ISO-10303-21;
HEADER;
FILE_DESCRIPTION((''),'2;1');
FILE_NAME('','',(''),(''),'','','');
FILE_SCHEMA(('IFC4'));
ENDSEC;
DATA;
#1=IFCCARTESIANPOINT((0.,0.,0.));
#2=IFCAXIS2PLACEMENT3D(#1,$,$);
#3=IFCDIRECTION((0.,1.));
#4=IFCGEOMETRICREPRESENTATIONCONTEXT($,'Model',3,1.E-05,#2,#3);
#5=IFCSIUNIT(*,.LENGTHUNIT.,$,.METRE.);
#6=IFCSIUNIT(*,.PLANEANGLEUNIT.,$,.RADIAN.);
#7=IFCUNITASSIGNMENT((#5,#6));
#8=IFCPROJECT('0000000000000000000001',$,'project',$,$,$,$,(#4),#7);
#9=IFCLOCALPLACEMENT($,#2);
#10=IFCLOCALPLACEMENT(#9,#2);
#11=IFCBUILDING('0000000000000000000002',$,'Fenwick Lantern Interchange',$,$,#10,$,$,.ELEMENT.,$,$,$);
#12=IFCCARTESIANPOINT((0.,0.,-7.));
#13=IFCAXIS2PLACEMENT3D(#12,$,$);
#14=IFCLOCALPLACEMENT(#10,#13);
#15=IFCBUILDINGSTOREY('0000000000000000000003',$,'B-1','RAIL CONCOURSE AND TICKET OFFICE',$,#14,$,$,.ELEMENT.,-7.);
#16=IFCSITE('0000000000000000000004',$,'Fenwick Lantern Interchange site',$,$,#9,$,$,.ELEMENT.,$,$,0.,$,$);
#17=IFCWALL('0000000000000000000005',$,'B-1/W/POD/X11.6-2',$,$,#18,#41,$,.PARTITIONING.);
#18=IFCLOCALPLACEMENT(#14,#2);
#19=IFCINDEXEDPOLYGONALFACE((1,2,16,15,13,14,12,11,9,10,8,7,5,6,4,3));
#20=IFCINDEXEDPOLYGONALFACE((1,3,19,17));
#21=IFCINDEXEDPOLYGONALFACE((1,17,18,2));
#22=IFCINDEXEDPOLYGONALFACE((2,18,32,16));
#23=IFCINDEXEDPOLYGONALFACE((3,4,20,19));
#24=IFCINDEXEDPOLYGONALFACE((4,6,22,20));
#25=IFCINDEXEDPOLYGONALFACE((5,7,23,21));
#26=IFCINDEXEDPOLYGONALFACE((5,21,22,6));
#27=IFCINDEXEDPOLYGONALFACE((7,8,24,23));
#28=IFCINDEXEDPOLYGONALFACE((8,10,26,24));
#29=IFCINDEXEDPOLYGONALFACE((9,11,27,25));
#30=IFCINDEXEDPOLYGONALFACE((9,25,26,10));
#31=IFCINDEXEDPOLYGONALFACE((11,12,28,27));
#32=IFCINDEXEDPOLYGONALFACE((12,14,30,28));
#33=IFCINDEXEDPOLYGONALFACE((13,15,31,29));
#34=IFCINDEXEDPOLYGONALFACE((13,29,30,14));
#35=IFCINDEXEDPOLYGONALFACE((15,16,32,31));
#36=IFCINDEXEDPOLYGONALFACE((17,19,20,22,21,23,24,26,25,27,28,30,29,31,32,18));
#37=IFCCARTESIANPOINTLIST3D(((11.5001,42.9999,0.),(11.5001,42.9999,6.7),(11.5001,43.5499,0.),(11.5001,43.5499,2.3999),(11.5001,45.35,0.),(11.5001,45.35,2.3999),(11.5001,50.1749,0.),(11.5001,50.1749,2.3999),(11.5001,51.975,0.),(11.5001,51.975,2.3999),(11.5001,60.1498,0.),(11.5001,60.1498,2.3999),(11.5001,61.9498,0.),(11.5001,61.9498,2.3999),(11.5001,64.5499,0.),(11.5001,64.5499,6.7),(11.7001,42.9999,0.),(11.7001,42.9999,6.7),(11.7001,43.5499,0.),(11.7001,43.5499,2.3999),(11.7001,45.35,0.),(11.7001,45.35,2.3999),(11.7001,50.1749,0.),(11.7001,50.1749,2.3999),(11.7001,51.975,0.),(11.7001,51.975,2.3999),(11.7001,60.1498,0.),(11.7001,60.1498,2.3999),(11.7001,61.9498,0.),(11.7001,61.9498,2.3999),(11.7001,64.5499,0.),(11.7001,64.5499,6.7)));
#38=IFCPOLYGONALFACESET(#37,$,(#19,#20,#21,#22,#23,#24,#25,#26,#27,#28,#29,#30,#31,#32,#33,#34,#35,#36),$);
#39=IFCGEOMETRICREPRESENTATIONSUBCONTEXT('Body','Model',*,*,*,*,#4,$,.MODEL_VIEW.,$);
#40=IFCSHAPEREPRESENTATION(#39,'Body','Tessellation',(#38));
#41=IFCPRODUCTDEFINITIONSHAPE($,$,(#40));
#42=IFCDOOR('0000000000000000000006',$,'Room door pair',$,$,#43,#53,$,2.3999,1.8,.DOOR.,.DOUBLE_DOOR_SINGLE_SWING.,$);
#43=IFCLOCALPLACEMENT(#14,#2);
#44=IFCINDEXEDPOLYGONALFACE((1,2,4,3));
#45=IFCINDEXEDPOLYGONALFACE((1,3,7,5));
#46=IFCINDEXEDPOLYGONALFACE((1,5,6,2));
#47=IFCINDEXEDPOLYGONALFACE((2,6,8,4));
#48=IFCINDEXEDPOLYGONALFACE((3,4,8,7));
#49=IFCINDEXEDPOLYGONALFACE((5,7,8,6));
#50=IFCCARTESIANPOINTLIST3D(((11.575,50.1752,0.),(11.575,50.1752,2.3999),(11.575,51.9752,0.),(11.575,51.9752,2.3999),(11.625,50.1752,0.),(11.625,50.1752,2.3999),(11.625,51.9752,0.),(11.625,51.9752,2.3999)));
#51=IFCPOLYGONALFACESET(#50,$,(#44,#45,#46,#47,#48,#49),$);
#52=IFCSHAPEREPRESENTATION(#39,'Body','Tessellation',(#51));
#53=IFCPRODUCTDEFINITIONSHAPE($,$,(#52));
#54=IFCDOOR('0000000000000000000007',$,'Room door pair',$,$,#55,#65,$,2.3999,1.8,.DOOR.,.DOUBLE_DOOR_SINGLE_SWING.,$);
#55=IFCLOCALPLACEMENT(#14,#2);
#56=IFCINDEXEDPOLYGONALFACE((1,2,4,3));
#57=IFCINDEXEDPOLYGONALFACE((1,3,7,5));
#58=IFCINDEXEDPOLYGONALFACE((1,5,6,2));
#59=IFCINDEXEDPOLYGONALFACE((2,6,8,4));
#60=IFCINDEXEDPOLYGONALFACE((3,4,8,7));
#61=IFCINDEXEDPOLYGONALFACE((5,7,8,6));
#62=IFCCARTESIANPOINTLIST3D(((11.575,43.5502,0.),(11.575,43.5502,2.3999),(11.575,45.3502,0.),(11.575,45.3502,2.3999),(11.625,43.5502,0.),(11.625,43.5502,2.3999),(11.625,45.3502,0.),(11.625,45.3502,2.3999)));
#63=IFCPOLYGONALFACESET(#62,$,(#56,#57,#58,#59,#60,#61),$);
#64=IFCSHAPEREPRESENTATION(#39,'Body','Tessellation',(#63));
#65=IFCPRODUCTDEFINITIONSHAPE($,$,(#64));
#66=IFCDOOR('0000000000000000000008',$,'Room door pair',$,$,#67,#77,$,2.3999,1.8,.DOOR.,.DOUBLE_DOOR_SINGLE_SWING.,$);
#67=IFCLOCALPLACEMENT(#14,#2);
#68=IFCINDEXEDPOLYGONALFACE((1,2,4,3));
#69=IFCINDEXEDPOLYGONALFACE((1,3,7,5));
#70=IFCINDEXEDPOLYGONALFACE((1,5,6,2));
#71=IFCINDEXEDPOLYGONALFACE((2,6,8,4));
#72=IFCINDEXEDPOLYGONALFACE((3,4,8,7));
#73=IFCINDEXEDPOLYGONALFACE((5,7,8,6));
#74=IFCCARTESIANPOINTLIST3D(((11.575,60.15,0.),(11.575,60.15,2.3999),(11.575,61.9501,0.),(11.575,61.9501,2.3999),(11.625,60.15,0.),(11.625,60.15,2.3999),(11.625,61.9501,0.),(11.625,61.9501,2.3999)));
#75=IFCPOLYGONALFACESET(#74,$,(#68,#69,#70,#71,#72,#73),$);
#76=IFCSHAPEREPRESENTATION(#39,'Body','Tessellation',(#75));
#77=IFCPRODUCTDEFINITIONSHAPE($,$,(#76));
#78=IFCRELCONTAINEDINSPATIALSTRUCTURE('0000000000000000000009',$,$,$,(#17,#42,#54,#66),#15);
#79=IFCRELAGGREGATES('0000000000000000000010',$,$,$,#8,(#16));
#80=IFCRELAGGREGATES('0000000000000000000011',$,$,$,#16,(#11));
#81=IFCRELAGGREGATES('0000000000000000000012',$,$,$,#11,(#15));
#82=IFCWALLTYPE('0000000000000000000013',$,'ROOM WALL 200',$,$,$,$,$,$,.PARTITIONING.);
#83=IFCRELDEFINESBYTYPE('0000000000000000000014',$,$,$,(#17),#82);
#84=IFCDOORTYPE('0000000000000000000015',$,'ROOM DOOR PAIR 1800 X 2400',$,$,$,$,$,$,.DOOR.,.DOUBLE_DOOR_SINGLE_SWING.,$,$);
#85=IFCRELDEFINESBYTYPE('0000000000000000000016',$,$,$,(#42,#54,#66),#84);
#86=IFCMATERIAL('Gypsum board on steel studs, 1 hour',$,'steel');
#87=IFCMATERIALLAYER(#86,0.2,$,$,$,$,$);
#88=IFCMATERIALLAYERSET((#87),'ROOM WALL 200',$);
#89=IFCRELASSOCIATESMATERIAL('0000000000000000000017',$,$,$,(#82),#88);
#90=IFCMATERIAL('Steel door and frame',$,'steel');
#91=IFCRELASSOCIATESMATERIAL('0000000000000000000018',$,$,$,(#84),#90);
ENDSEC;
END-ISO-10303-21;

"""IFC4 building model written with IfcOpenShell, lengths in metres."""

from ifc_helpers import new_model, si_unit, direction, frame, frame_2d, origin, place, context, subcontext, project, spatial, rectangle, extrude, material, layer, layer_set, type_object, element, fill, save


model = new_model("IFC4")

# Units and contexts
model_context = context("Model", 3, precision=1e-05, world=origin(), true_north=direction((0.0, 1.0)))
body_context = subcontext(model_context, "Body", "Model", "MODEL_VIEW")
ifc_project = project(units=[si_unit("LENGTHUNIT", "METRE"), si_unit("PLANEANGLEUNIT", "RADIAN")], contexts=[model_context])

# Site, building, storey
site_placement = place(None, origin())
site = spatial("IfcSite", under=ifc_project, at=site_placement, Name="Fenwick Lantern Interchange site", CompositionType="ELEMENT", RefElevation=0.0)
building_placement = place(site_placement, origin())
building = spatial("IfcBuilding", under=site, at=building_placement, Name="Fenwick Lantern Interchange", CompositionType="ELEMENT")
storey_placement = place(building_placement, frame((0.0, 0.0, -7.0)))
storey = spatial("IfcBuildingStorey", under=building, at=storey_placement, Name="B-1", Description="RAIL CONCOURSE AND TICKET OFFICE", CompositionType="ELEMENT", Elevation=-7.0)

# Wall, openings, doors
ifc_material_1 = material(Name="Gypsum board on steel studs, 1 hour", Category="steel")
ifc_layer = layer(ifc_material_1, 0.2)
ifc_layer_set = layer_set([ifc_layer], Name="ROOM WALL 200")
wall_type = type_object("IfcWallType", Name="ROOM WALL 200", PredefinedType="PARTITIONING", material=ifc_layer_set)
wall_placement = place(storey_placement, frame((11.6001, 43.0, 0.0), z_axis=(0.0, 0.0, 1.0), x_axis=(0.0, 1.0, 0.0)))
wall = element("IfcWall", 1, at=wall_placement, inside=storey, type_object=wall_type, Name="B-1/W/POD/X11.6-2", PredefinedType="PARTITIONING", context=body_context, shape_type="SweptSolid", body=[
    extrude(rectangle(XDim=21.55, YDim=0.2, at=frame_2d((10.7749, 0.0))), origin(), (0.0, 0.0, 1.0), 6.7),
])
opening_1_placement = place(wall_placement, frame((7.175, 0.0, 0.0)))
opening_1 = element("IfcOpeningElement", 2, at=opening_1_placement, cuts=wall, PredefinedType="OPENING", context=body_context, shape_type="SweptSolid", body=[
    extrude(rectangle(XDim=1.8, YDim=2.3999, at=frame_2d((0.8999, 1.2))), frame((0.0, 0.1099, 0.0), z_axis=(0.0, -1.0, 0.0), x_axis=(1.0, 0.0, 0.0)), (0.0, 0.0, 1.0), 0.22),
])
opening_2_placement = place(wall_placement, frame((0.55, 0.0, 0.0)))
opening_2 = element("IfcOpeningElement", 3, at=opening_2_placement, cuts=wall, PredefinedType="OPENING", context=body_context, shape_type="SweptSolid", body=[
    extrude(rectangle(XDim=1.8, YDim=2.3999, at=frame_2d((0.8999, 1.2))), frame((0.0, 0.1099, 0.0), z_axis=(0.0, -1.0, 0.0), x_axis=(1.0, 0.0, 0.0)), (0.0, 0.0, 1.0), 0.22),
])
opening_3_placement = place(wall_placement, frame((17.1499, 0.0, 0.0)))
opening_3 = element("IfcOpeningElement", 4, at=opening_3_placement, cuts=wall, PredefinedType="OPENING", context=body_context, shape_type="SweptSolid", body=[
    extrude(rectangle(XDim=1.8, YDim=2.3999, at=frame_2d((0.8999, 1.2))), frame((0.0, 0.1099, 0.0), z_axis=(0.0, -1.0, 0.0), x_axis=(1.0, 0.0, 0.0)), (0.0, 0.0, 1.0), 0.22),
])
ifc_material_2 = material(Name="Steel door and frame", Category="steel")
door_type = type_object("IfcDoorType", Name="ROOM DOOR PAIR 1800 X 2400", OperationType="DOUBLE_DOOR_SINGLE_SWING", PredefinedType="DOOR", material=ifc_material_2)
door_1_placement = place(opening_1_placement, frame((1.8, 0.0, 0.0), z_axis=(0.0, 0.0, 1.0), x_axis=(-1.0, 0.0, 0.0)))
door_1 = element("IfcDoor", 5, at=door_1_placement, inside=storey, type_object=door_type, Name="Room door pair", OperationType="DOUBLE_DOOR_SINGLE_SWING", OverallHeight=2.3999, OverallWidth=1.8, PredefinedType="DOOR", context=body_context, shape_type="SweptSolid", body=[
    extrude(rectangle(XDim=1.8, YDim=2.3999, at=frame_2d((0.8999, 1.2))), frame((0.0, 0.0249, 0.0), z_axis=(0.0, -1.0, 0.0), x_axis=(1.0, 0.0, 0.0)), (0.0, 0.0, 1.0), 0.05),
])
fill(opening_1, door_1)
door_2_placement = place(opening_2_placement, frame((1.8, 0.0, 0.0), z_axis=(0.0, 0.0, 1.0), x_axis=(-1.0, 0.0, 0.0)))
door_2 = element("IfcDoor", 6, at=door_2_placement, inside=storey, type_object=door_type, Name="Room door pair", OperationType="DOUBLE_DOOR_SINGLE_SWING", OverallHeight=2.3999, OverallWidth=1.8, PredefinedType="DOOR", context=body_context, shape_type="SweptSolid", body=[
    extrude(rectangle(XDim=1.8, YDim=2.3999, at=frame_2d((0.8999, 1.2))), frame((0.0, 0.0249, 0.0), z_axis=(0.0, -1.0, 0.0), x_axis=(1.0, 0.0, 0.0)), (0.0, 0.0, 1.0), 0.05),
])
fill(opening_2, door_2)
door_3_placement = place(opening_3_placement, frame((1.8, 0.0, 0.0), z_axis=(0.0, 0.0, 1.0), x_axis=(-1.0, 0.0, 0.0)))
door_3 = element("IfcDoor", 7, at=door_3_placement, inside=storey, type_object=door_type, Name="Room door pair", OperationType="DOUBLE_DOOR_SINGLE_SWING", OverallHeight=2.3999, OverallWidth=1.8, PredefinedType="DOOR", context=body_context, shape_type="SweptSolid", body=[
    extrude(rectangle(XDim=1.8, YDim=2.3999, at=frame_2d((0.8999, 1.2))), frame((0.0, 0.0249, 0.0), z_axis=(0.0, -1.0, 0.0), x_axis=(1.0, 0.0, 0.0)), (0.0, 0.0, 1.0), 0.05),
])
fill(opening_3, door_3)

save(model, "model.ifc")
